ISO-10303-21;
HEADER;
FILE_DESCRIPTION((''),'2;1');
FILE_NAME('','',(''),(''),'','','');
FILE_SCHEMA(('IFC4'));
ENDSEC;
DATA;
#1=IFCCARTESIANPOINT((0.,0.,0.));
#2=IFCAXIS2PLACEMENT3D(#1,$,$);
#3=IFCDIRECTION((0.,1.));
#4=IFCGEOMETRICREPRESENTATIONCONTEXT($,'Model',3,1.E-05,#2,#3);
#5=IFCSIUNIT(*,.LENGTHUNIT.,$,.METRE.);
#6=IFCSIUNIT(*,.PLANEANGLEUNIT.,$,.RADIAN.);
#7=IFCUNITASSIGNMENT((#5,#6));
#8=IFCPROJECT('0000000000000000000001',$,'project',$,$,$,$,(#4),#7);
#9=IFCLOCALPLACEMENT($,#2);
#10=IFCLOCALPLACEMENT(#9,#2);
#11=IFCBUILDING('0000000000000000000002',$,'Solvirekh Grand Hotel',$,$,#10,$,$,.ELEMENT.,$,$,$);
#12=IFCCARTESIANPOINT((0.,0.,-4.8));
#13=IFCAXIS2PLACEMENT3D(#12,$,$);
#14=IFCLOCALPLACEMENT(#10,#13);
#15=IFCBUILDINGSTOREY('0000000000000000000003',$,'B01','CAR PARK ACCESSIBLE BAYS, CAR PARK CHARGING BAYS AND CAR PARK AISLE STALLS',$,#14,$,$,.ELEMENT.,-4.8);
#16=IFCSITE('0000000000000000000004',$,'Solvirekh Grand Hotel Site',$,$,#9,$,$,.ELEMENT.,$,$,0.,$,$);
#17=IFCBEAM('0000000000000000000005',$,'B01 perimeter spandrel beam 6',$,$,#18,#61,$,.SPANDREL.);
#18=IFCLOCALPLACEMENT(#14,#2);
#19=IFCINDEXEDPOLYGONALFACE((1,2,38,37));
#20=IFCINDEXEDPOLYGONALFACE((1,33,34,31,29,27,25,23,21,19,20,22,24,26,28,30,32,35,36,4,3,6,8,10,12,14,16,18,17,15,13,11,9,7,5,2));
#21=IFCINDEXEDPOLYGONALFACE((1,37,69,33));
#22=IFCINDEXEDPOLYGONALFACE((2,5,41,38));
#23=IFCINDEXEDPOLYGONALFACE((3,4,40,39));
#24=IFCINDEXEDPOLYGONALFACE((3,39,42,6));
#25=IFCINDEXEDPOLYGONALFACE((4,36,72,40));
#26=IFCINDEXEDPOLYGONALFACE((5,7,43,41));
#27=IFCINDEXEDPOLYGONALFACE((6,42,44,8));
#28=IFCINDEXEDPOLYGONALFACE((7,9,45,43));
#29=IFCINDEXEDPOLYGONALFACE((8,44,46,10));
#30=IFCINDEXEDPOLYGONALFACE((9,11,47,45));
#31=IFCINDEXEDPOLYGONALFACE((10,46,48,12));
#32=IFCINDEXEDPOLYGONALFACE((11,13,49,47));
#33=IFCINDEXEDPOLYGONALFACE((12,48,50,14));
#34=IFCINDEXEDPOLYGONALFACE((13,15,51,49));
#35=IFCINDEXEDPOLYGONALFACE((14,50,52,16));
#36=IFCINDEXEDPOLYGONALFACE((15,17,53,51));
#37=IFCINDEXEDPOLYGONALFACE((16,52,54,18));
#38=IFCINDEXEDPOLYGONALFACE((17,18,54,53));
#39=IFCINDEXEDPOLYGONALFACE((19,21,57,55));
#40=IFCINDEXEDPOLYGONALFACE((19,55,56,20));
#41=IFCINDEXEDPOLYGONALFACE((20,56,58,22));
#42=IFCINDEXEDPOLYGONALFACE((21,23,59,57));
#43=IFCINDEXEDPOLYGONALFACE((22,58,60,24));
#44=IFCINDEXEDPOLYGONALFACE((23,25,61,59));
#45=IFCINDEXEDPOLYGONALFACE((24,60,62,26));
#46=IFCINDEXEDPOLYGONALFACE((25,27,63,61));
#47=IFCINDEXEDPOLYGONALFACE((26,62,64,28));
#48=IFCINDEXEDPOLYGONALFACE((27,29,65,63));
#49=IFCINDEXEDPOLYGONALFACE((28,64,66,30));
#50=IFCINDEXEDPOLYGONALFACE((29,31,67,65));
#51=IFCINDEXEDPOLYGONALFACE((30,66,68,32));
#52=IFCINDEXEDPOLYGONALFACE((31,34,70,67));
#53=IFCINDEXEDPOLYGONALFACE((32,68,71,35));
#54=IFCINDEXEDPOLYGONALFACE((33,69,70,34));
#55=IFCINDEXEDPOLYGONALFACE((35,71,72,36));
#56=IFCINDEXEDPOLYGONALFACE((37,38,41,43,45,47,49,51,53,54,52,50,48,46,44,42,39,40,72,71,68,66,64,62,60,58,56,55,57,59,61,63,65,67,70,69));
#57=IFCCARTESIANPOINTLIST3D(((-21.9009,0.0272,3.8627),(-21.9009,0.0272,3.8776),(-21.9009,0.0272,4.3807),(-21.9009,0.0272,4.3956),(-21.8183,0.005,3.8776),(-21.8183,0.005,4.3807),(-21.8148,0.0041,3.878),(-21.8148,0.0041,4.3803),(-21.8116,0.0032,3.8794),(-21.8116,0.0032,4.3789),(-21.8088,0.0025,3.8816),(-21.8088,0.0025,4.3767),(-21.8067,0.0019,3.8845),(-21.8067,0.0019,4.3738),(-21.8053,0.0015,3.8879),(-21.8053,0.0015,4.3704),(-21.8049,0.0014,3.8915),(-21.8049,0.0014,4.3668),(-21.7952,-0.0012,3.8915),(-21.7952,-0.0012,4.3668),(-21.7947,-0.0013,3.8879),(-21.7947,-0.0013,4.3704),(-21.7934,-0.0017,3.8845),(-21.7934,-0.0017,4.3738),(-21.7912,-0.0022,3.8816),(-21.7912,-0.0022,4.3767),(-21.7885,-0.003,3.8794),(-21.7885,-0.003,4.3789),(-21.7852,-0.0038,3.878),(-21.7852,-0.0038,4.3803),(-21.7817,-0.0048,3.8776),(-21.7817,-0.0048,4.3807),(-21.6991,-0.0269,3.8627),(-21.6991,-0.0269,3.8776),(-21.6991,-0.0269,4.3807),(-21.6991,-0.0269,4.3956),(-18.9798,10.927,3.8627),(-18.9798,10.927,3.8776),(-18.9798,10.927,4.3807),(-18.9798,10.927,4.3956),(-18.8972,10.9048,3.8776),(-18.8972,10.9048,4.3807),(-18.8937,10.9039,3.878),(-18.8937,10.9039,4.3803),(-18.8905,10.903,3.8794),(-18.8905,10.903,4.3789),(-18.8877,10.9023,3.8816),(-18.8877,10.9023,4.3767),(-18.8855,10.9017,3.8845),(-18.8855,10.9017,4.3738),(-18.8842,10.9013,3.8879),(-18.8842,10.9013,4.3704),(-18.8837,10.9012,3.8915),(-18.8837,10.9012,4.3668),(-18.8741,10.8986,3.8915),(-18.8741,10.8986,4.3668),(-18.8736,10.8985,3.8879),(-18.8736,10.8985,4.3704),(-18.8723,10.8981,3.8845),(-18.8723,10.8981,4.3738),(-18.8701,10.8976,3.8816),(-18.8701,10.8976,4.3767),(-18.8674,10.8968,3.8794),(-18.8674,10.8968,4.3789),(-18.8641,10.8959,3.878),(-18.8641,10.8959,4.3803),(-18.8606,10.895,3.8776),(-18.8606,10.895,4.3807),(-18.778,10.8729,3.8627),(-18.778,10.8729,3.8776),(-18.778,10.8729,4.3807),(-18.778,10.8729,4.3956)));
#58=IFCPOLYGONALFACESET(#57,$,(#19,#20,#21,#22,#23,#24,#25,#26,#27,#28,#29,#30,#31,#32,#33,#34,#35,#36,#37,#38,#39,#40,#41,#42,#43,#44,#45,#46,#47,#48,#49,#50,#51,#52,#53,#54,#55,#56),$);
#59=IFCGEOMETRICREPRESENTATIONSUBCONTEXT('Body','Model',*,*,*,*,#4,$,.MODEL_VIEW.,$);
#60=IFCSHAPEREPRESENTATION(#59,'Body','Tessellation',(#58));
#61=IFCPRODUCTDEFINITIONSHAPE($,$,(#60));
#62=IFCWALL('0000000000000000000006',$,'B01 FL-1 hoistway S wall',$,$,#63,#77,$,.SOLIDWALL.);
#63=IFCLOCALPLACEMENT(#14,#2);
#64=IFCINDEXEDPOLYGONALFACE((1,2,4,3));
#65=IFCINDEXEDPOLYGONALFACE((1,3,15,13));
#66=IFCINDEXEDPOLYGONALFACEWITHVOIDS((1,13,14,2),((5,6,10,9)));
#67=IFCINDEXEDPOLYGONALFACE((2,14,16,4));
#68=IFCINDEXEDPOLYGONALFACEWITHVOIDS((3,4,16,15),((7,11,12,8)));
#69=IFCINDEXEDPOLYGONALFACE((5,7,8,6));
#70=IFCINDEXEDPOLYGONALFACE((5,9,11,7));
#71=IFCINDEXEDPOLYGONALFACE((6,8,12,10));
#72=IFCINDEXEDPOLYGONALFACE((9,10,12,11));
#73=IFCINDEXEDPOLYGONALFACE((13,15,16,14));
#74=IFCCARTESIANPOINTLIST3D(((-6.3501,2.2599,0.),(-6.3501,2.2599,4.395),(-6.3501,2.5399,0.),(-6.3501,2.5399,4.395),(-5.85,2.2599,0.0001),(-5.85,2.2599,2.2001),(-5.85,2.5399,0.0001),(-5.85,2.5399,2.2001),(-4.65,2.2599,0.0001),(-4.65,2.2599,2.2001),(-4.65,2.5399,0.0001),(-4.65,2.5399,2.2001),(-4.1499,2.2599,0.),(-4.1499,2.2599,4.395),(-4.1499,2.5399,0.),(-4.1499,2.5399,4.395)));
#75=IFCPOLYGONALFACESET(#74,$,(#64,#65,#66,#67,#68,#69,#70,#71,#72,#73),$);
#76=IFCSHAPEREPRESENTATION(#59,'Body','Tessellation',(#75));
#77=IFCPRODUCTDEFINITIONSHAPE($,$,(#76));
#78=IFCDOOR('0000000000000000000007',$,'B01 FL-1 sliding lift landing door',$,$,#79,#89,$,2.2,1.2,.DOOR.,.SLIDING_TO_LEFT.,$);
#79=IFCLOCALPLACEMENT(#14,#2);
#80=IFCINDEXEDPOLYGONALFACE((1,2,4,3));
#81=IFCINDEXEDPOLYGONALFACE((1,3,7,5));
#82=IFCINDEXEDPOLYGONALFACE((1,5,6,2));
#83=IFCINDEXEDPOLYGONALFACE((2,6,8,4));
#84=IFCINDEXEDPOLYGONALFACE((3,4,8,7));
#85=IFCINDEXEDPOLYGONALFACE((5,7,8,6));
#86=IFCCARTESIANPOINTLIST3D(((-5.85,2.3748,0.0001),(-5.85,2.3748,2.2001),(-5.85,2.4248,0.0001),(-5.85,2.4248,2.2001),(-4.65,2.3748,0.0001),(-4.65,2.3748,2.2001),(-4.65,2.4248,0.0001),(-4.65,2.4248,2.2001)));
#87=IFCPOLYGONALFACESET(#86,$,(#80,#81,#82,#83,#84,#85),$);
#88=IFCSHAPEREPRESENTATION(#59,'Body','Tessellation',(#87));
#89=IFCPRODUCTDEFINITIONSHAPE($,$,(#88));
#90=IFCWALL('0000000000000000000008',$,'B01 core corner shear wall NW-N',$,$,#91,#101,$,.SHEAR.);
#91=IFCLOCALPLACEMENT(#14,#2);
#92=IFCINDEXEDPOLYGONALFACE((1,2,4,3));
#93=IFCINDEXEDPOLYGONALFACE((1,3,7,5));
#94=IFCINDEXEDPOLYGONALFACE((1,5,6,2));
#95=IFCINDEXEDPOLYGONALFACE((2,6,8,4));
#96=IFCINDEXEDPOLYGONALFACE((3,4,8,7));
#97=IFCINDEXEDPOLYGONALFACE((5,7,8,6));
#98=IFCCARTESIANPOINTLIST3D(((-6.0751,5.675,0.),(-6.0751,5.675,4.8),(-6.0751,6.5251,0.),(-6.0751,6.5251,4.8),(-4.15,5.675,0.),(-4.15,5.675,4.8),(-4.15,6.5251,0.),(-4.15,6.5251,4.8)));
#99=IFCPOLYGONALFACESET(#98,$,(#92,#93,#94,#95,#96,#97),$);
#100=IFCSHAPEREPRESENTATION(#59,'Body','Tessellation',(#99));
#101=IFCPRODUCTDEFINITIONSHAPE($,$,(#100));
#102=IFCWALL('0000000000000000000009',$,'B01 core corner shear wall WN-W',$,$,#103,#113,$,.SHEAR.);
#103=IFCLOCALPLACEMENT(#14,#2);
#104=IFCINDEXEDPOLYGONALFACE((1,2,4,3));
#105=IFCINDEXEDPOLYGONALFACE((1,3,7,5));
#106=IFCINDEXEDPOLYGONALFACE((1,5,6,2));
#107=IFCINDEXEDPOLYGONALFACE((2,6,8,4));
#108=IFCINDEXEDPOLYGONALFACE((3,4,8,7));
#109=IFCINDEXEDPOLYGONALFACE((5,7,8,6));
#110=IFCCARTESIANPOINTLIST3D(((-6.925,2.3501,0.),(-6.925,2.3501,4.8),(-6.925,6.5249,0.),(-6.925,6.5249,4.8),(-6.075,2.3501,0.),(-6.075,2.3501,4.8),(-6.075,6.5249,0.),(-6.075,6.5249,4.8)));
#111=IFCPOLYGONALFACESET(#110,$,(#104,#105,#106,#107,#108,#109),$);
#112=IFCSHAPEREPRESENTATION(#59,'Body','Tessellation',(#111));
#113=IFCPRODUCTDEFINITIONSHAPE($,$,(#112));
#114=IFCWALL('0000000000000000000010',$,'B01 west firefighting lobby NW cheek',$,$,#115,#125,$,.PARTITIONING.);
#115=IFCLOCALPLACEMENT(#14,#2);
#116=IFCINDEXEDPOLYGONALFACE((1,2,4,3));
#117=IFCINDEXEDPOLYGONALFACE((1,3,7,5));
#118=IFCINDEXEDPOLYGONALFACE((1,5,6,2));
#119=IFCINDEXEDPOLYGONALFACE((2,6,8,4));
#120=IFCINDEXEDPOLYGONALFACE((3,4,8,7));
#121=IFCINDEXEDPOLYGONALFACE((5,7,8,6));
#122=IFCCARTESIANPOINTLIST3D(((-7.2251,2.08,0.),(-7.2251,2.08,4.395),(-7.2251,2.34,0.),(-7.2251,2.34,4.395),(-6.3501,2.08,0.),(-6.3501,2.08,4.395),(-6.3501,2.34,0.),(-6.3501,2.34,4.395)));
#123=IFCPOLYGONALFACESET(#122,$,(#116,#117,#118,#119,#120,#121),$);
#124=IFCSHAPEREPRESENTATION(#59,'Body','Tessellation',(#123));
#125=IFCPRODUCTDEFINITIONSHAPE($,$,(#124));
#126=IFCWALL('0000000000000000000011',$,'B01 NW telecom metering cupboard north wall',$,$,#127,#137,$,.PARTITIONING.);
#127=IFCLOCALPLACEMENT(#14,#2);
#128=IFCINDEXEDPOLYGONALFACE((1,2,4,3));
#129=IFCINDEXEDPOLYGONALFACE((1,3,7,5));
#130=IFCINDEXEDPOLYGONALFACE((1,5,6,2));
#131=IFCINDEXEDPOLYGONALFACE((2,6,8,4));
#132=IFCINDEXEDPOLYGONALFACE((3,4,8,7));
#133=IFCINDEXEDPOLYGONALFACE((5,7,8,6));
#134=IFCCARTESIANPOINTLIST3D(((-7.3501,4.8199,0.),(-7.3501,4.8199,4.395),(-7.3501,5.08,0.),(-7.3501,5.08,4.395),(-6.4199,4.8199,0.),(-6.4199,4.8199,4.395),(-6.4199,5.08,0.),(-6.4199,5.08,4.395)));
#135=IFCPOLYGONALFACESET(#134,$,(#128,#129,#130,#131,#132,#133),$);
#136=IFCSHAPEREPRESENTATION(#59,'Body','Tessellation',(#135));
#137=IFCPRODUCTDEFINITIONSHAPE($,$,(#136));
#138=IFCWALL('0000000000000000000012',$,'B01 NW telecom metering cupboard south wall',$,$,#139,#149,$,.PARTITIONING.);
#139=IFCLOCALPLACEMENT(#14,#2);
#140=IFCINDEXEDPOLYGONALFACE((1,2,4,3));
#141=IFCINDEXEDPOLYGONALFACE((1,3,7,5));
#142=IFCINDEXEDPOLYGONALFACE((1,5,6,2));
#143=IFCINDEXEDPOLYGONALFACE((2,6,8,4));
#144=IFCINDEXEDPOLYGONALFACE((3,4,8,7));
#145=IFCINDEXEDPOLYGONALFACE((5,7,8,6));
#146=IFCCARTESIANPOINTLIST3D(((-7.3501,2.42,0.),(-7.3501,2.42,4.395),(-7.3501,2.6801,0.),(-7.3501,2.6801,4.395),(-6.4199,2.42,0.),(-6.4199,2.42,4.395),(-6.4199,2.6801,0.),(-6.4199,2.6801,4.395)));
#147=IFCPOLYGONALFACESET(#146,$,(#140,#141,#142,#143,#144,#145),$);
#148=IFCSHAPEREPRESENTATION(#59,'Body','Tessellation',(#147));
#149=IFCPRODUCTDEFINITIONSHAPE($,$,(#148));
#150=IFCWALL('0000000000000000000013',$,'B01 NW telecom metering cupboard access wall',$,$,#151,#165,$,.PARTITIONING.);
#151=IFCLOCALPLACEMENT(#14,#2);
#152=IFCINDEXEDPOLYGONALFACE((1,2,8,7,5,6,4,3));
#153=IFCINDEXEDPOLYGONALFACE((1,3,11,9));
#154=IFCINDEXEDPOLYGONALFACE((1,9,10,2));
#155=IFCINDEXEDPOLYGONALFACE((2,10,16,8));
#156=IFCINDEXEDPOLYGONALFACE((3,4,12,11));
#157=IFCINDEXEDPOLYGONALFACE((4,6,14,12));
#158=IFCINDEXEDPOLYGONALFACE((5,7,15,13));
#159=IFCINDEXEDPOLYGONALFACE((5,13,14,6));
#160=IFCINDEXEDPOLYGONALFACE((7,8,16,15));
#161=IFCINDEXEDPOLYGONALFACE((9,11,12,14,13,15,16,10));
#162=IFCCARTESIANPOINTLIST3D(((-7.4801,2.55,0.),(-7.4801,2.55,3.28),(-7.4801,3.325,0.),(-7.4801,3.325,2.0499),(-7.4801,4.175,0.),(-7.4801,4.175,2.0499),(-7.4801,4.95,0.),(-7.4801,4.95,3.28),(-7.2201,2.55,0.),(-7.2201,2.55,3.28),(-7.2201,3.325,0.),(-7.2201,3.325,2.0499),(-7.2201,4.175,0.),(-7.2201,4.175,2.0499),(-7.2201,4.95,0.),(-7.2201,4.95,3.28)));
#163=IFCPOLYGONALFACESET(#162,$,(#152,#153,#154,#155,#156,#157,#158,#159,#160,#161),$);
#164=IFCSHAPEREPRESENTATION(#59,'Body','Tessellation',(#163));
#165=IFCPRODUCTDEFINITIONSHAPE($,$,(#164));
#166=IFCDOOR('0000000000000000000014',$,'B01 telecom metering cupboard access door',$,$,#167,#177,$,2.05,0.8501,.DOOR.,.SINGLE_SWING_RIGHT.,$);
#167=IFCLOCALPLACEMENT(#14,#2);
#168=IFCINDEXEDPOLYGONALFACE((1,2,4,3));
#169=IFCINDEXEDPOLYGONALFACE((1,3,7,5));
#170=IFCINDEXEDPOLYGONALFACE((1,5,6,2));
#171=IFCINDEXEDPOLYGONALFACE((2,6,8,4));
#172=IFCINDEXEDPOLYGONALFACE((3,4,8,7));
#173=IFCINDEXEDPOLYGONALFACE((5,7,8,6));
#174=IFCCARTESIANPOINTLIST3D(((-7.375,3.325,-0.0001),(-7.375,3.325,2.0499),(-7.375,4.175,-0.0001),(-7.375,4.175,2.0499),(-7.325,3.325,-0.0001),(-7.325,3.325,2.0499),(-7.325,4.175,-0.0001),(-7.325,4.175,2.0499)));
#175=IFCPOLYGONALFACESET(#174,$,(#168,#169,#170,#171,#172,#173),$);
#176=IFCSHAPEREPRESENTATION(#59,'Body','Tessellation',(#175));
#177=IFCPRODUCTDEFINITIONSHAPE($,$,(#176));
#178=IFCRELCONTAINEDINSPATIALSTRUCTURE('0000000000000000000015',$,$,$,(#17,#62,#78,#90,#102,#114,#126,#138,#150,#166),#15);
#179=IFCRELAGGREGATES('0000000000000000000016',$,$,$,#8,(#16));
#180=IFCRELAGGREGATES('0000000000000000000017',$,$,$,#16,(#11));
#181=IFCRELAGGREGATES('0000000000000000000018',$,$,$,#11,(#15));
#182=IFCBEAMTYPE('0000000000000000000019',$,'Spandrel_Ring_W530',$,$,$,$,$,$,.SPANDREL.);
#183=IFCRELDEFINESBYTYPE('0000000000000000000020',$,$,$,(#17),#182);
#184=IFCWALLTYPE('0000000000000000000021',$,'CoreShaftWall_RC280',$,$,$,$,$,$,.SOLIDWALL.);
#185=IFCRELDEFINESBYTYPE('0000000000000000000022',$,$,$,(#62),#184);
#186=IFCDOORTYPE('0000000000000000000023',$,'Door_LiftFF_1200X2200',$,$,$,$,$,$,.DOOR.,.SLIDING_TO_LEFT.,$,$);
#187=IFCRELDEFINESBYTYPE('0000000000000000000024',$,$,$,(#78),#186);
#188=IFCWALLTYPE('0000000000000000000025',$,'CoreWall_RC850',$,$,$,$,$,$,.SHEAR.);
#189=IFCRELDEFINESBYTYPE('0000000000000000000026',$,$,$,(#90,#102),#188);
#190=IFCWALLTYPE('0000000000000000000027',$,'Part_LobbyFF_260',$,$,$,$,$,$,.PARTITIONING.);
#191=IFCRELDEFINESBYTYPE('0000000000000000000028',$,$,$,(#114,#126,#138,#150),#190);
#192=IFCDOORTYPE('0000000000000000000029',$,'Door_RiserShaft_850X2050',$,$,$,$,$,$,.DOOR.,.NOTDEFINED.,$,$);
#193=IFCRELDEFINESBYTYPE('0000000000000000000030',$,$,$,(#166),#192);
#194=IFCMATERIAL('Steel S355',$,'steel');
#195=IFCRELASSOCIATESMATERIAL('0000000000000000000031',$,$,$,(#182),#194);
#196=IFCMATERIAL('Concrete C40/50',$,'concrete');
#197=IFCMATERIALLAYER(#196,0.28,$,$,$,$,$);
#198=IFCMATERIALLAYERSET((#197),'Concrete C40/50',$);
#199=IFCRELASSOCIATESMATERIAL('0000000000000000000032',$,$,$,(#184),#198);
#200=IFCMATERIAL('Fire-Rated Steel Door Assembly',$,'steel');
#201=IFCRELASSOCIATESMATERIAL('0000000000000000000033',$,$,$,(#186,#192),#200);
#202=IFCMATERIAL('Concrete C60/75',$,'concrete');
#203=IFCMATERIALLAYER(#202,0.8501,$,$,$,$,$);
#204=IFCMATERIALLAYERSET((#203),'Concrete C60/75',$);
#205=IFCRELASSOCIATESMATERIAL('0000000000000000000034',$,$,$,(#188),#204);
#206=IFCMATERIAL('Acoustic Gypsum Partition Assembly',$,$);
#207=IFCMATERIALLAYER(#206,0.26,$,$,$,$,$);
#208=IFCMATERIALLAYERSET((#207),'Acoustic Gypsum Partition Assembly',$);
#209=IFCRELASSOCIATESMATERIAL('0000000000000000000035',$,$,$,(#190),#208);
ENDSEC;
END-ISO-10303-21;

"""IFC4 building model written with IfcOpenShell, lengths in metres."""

from ifc_helpers import new_model, si_unit, direction, frame, frame_2d, origin, origin_2d, place, context, subcontext, project, spatial, rectangle, i_section, extrude, material, layer, layer_set, material_profile, profile_set, type_object, element, fill, save


model = new_model("IFC4")

# Units and contexts
model_context = context("Model", 3, precision=1e-05, world=origin(), true_north=direction((0.0, 1.0)))
body_context = subcontext(model_context, "Body", "Model", "MODEL_VIEW")
ifc_project = project(units=[si_unit("LENGTHUNIT", "METRE"), si_unit("PLANEANGLEUNIT", "RADIAN")], contexts=[model_context])

# Site, building, storey
site_placement = place(None, origin())
site = spatial("IfcSite", under=ifc_project, at=site_placement, Name="Solvirekh Grand Hotel Site", CompositionType="ELEMENT", RefElevation=0.0)
building_placement = place(site_placement, origin())
building = spatial("IfcBuilding", under=site, at=building_placement, Name="Solvirekh Grand Hotel", CompositionType="ELEMENT")
storey_placement = place(building_placement, frame((0.0, 0.0, -4.8)))
storey = spatial("IfcBuildingStorey", under=building, at=storey_placement, Name="B01", Description="CAR PARK ACCESSIBLE BAYS, CAR PARK CHARGING BAYS AND CAR PARK AISLE STALLS", CompositionType="ELEMENT", Elevation=-4.8)

# Shared definitions
ifc_material_1 = material(Name="Concrete C60/75", Category="concrete")

# Beam
ifc_material_2 = material(Name="Steel S355", Category="steel")
ifc_material_profile_1 = material_profile(ifc_material_2, i_section(OverallWidth=0.209, OverallDepth=0.533, WebThickness=0.01, FlangeThickness=0.0149, FilletRadius=0.0139, at=origin_2d()), Name="W530X92")
ifc_profile_set_1 = profile_set([ifc_material_profile_1], Name="Steel S355")
beam_type_1 = type_object("IfcBeamType", Name="Spandrel_Ring_W530", PredefinedType="SPANDREL", material=ifc_profile_set_1)
beam_1_placement = place(storey_placement, frame((-18.8789, 10.8999, 4.1292), z_axis=(-0.258862, -0.965914, 0.0), x_axis=(0.965914, -0.258862, 0.0)))
element("IfcBeam", 1, at=beam_1_placement, inside=storey, type_object=beam_type_1, Name="B01 perimeter spandrel beam 6", PredefinedType="SPANDREL", context=body_context, shape_type="SweptSolid", body=[
    extrude(i_section(OverallWidth=0.209, OverallDepth=0.533, WebThickness=0.01, FlangeThickness=0.0149, FilletRadius=0.0139, at=origin_2d()), origin(), (0.0, 0.0, 1.0), 11.2844),
])

# Wall, opening, door
ifc_material_3 = material(Name="Concrete C40/50", Category="concrete")
ifc_layer_1 = layer(ifc_material_3, 0.28)
ifc_layer_set_1 = layer_set([ifc_layer_1], Name="Concrete C40/50")
wall_type_1 = type_object("IfcWallType", Name="CoreShaftWall_RC280", PredefinedType="SOLIDWALL", material=ifc_layer_set_1)
wall_1_placement = place(storey_placement, frame((-6.3501, 2.3999, 0.0), z_axis=(0.0, 0.0, 1.0), x_axis=(1.0, 0.0, 0.0)))
wall_1 = element("IfcWall", 2, at=wall_1_placement, inside=storey, type_object=wall_type_1, Name="B01 FL-1 hoistway S wall", PredefinedType="SOLIDWALL", context=body_context, shape_type="SweptSolid", body=[
    extrude(rectangle(XDim=2.2002, YDim=0.28, at=frame_2d((1.1001, 0.0))), origin(), (0.0, 0.0, 1.0), 4.395),
])
opening_1_placement = place(wall_1_placement, frame((0.5, 0.0, 0.0)))
opening_1 = element("IfcOpeningElement", 3, at=opening_1_placement, cuts=wall_1, PredefinedType="OPENING", context=body_context, shape_type="SweptSolid", body=[
    extrude(rectangle(XDim=1.2, YDim=2.2, at=frame_2d((0.6001, 1.1001))), frame((0.0, 0.1499, 0.0), z_axis=(0.0, -1.0, 0.0), x_axis=(1.0, 0.0, 0.0)), (0.0, 0.0, 1.0), 0.3),
])
ifc_material_4 = material(Name="Fire-Rated Steel Door Assembly", Category="steel")
door_type_1 = type_object("IfcDoorType", Name="Door_LiftFF_1200X2200", OperationType="SLIDING_TO_LEFT", PredefinedType="DOOR", material=ifc_material_4)
door_1_placement = place(opening_1_placement, origin())
door_1 = element("IfcDoor", 4, at=door_1_placement, inside=storey, type_object=door_type_1, Name="B01 FL-1 sliding lift landing door", OperationType="SLIDING_TO_LEFT", OverallHeight=2.2, OverallWidth=1.2, PredefinedType="DOOR", context=body_context, shape_type="SweptSolid", body=[
    extrude(rectangle(XDim=1.2, YDim=2.2, at=frame_2d((0.6001, 1.1001))), frame((0.0, 0.0249, 0.0), z_axis=(0.0, -1.0, 0.0), x_axis=(1.0, 0.0, 0.0)), (0.0, 0.0, 1.0), 0.05),
])
fill(opening_1, door_1)

# Walls
ifc_layer_2 = layer(ifc_material_1, 0.8501)
ifc_layer_set_2 = layer_set([ifc_layer_2], Name="Concrete C60/75")
wall_type_2 = type_object("IfcWallType", Name="CoreWall_RC850", PredefinedType="SHEAR", material=ifc_layer_set_2)
wall_2_placement = place(storey_placement, frame((-6.075, 6.1001, 0.0), z_axis=(0.0, 0.0, 1.0), x_axis=(1.0, 0.0, 0.0)))
element("IfcWall", 5, at=wall_2_placement, inside=storey, type_object=wall_type_2, Name="B01 core corner shear wall NW-N", PredefinedType="SHEAR", context=body_context, shape_type="SweptSolid", body=[
    extrude(rectangle(XDim=1.925, YDim=0.8501, at=frame_2d((0.9624, 0.0))), origin(), (0.0, 0.0, 1.0), 4.8),
])
wall_3_placement = place(storey_placement, frame((-6.5, 2.3501, 0.0), z_axis=(0.0, 0.0, 1.0), x_axis=(0.0, 1.0, 0.0)))
element("IfcWall", 6, at=wall_3_placement, inside=storey, type_object=wall_type_2, Name="B01 core corner shear wall WN-W", PredefinedType="SHEAR", context=body_context, shape_type="SweptSolid", body=[
    extrude(rectangle(XDim=4.1748, YDim=0.8501, at=frame_2d((2.0874, 0.0))), origin(), (0.0, 0.0, 1.0), 4.8),
])
ifc_material_5 = material(Name="Acoustic Gypsum Partition Assembly")
ifc_layer_3 = layer(ifc_material_5, 0.26)
ifc_layer_set_3 = layer_set([ifc_layer_3], Name="Acoustic Gypsum Partition Assembly")
wall_type_3 = type_object("IfcWallType", Name="Part_LobbyFF_260", PredefinedType="PARTITIONING", material=ifc_layer_set_3)
wall_4_placement = place(storey_placement, frame((-7.2251, 2.21, 0.0), z_axis=(0.0, 0.0, 1.0), x_axis=(1.0, 0.0, 0.0)))
element("IfcWall", 7, at=wall_4_placement, inside=storey, type_object=wall_type_3, Name="B01 west firefighting lobby NW cheek", PredefinedType="PARTITIONING", context=body_context, shape_type="SweptSolid", body=[
    extrude(rectangle(XDim=0.875, YDim=0.26, at=frame_2d((0.4375, 0.0))), origin(), (0.0, 0.0, 1.0), 4.395),
])
for number, where, z_axis, x_axis, name in (
    (8, (-7.3501, 4.95, 0.0), (0.0, 0.0, 1.0), (1.0, 0.0, 0.0), "B01 NW telecom metering cupboard north wall"),
    (9, (-7.3501, 2.55, 0.0), (0.0, 0.0, 1.0), (1.0, 0.0, 0.0), "B01 NW telecom metering cupboard south wall"),
):
    element("IfcWall", number, at=place(storey_placement, frame(where, z_axis=z_axis, x_axis=x_axis)), inside=storey, type_object=wall_type_3, Name=name, PredefinedType="PARTITIONING", context=body_context, shape_type="SweptSolid", body=[
        extrude(rectangle(XDim=0.9302, YDim=0.26, at=frame_2d((0.4651, 0.0))), origin(), (0.0, 0.0, 1.0), 4.395),
    ])

# Wall, opening, door
wall_5_placement = place(storey_placement, frame((-7.3501, 2.55, 0.0), z_axis=(0.0, 0.0, 1.0), x_axis=(0.0, 1.0, 0.0)))
wall_5 = element("IfcWall", 10, at=wall_5_placement, inside=storey, type_object=wall_type_3, Name="B01 NW telecom metering cupboard access wall", PredefinedType="PARTITIONING", context=body_context, shape_type="SweptSolid", body=[
    extrude(rectangle(XDim=2.3999, YDim=0.26, at=frame_2d((1.2, 0.0))), origin(), (0.0, 0.0, 1.0), 3.28),
])
opening_2_placement = place(wall_5_placement, frame((0.7749, 0.0, 0.0)))
opening_2 = element("IfcOpeningElement", 11, at=opening_2_placement, cuts=wall_5, PredefinedType="OPENING", context=body_context, shape_type="SweptSolid", body=[
    extrude(rectangle(XDim=0.8501, YDim=2.05, at=frame_2d((0.425, 1.0249))), frame((0.0, 0.1401, 0.0), z_axis=(0.0, -1.0, 0.0), x_axis=(1.0, 0.0, 0.0)), (0.0, 0.0, 1.0), 0.28),
])
door_type_2 = type_object("IfcDoorType", Name="Door_RiserShaft_850X2050", OperationType="NOTDEFINED", PredefinedType="DOOR", material=ifc_material_4)
door_2_placement = place(opening_2_placement, origin())
door_2 = element("IfcDoor", 12, at=door_2_placement, inside=storey, type_object=door_type_2, Name="B01 telecom metering cupboard access door", OperationType="SINGLE_SWING_RIGHT", OverallHeight=2.05, OverallWidth=0.8501, PredefinedType="DOOR", context=body_context, shape_type="SweptSolid", body=[
    extrude(rectangle(XDim=0.8501, YDim=2.05, at=frame_2d((0.425, 1.0249))), frame((0.0, 0.0249, 0.0), z_axis=(0.0, -1.0, 0.0), x_axis=(1.0, 0.0, 0.0)), (0.0, 0.0, 1.0), 0.05),
])
fill(opening_2, door_2)

save(model, "model.ifc")
